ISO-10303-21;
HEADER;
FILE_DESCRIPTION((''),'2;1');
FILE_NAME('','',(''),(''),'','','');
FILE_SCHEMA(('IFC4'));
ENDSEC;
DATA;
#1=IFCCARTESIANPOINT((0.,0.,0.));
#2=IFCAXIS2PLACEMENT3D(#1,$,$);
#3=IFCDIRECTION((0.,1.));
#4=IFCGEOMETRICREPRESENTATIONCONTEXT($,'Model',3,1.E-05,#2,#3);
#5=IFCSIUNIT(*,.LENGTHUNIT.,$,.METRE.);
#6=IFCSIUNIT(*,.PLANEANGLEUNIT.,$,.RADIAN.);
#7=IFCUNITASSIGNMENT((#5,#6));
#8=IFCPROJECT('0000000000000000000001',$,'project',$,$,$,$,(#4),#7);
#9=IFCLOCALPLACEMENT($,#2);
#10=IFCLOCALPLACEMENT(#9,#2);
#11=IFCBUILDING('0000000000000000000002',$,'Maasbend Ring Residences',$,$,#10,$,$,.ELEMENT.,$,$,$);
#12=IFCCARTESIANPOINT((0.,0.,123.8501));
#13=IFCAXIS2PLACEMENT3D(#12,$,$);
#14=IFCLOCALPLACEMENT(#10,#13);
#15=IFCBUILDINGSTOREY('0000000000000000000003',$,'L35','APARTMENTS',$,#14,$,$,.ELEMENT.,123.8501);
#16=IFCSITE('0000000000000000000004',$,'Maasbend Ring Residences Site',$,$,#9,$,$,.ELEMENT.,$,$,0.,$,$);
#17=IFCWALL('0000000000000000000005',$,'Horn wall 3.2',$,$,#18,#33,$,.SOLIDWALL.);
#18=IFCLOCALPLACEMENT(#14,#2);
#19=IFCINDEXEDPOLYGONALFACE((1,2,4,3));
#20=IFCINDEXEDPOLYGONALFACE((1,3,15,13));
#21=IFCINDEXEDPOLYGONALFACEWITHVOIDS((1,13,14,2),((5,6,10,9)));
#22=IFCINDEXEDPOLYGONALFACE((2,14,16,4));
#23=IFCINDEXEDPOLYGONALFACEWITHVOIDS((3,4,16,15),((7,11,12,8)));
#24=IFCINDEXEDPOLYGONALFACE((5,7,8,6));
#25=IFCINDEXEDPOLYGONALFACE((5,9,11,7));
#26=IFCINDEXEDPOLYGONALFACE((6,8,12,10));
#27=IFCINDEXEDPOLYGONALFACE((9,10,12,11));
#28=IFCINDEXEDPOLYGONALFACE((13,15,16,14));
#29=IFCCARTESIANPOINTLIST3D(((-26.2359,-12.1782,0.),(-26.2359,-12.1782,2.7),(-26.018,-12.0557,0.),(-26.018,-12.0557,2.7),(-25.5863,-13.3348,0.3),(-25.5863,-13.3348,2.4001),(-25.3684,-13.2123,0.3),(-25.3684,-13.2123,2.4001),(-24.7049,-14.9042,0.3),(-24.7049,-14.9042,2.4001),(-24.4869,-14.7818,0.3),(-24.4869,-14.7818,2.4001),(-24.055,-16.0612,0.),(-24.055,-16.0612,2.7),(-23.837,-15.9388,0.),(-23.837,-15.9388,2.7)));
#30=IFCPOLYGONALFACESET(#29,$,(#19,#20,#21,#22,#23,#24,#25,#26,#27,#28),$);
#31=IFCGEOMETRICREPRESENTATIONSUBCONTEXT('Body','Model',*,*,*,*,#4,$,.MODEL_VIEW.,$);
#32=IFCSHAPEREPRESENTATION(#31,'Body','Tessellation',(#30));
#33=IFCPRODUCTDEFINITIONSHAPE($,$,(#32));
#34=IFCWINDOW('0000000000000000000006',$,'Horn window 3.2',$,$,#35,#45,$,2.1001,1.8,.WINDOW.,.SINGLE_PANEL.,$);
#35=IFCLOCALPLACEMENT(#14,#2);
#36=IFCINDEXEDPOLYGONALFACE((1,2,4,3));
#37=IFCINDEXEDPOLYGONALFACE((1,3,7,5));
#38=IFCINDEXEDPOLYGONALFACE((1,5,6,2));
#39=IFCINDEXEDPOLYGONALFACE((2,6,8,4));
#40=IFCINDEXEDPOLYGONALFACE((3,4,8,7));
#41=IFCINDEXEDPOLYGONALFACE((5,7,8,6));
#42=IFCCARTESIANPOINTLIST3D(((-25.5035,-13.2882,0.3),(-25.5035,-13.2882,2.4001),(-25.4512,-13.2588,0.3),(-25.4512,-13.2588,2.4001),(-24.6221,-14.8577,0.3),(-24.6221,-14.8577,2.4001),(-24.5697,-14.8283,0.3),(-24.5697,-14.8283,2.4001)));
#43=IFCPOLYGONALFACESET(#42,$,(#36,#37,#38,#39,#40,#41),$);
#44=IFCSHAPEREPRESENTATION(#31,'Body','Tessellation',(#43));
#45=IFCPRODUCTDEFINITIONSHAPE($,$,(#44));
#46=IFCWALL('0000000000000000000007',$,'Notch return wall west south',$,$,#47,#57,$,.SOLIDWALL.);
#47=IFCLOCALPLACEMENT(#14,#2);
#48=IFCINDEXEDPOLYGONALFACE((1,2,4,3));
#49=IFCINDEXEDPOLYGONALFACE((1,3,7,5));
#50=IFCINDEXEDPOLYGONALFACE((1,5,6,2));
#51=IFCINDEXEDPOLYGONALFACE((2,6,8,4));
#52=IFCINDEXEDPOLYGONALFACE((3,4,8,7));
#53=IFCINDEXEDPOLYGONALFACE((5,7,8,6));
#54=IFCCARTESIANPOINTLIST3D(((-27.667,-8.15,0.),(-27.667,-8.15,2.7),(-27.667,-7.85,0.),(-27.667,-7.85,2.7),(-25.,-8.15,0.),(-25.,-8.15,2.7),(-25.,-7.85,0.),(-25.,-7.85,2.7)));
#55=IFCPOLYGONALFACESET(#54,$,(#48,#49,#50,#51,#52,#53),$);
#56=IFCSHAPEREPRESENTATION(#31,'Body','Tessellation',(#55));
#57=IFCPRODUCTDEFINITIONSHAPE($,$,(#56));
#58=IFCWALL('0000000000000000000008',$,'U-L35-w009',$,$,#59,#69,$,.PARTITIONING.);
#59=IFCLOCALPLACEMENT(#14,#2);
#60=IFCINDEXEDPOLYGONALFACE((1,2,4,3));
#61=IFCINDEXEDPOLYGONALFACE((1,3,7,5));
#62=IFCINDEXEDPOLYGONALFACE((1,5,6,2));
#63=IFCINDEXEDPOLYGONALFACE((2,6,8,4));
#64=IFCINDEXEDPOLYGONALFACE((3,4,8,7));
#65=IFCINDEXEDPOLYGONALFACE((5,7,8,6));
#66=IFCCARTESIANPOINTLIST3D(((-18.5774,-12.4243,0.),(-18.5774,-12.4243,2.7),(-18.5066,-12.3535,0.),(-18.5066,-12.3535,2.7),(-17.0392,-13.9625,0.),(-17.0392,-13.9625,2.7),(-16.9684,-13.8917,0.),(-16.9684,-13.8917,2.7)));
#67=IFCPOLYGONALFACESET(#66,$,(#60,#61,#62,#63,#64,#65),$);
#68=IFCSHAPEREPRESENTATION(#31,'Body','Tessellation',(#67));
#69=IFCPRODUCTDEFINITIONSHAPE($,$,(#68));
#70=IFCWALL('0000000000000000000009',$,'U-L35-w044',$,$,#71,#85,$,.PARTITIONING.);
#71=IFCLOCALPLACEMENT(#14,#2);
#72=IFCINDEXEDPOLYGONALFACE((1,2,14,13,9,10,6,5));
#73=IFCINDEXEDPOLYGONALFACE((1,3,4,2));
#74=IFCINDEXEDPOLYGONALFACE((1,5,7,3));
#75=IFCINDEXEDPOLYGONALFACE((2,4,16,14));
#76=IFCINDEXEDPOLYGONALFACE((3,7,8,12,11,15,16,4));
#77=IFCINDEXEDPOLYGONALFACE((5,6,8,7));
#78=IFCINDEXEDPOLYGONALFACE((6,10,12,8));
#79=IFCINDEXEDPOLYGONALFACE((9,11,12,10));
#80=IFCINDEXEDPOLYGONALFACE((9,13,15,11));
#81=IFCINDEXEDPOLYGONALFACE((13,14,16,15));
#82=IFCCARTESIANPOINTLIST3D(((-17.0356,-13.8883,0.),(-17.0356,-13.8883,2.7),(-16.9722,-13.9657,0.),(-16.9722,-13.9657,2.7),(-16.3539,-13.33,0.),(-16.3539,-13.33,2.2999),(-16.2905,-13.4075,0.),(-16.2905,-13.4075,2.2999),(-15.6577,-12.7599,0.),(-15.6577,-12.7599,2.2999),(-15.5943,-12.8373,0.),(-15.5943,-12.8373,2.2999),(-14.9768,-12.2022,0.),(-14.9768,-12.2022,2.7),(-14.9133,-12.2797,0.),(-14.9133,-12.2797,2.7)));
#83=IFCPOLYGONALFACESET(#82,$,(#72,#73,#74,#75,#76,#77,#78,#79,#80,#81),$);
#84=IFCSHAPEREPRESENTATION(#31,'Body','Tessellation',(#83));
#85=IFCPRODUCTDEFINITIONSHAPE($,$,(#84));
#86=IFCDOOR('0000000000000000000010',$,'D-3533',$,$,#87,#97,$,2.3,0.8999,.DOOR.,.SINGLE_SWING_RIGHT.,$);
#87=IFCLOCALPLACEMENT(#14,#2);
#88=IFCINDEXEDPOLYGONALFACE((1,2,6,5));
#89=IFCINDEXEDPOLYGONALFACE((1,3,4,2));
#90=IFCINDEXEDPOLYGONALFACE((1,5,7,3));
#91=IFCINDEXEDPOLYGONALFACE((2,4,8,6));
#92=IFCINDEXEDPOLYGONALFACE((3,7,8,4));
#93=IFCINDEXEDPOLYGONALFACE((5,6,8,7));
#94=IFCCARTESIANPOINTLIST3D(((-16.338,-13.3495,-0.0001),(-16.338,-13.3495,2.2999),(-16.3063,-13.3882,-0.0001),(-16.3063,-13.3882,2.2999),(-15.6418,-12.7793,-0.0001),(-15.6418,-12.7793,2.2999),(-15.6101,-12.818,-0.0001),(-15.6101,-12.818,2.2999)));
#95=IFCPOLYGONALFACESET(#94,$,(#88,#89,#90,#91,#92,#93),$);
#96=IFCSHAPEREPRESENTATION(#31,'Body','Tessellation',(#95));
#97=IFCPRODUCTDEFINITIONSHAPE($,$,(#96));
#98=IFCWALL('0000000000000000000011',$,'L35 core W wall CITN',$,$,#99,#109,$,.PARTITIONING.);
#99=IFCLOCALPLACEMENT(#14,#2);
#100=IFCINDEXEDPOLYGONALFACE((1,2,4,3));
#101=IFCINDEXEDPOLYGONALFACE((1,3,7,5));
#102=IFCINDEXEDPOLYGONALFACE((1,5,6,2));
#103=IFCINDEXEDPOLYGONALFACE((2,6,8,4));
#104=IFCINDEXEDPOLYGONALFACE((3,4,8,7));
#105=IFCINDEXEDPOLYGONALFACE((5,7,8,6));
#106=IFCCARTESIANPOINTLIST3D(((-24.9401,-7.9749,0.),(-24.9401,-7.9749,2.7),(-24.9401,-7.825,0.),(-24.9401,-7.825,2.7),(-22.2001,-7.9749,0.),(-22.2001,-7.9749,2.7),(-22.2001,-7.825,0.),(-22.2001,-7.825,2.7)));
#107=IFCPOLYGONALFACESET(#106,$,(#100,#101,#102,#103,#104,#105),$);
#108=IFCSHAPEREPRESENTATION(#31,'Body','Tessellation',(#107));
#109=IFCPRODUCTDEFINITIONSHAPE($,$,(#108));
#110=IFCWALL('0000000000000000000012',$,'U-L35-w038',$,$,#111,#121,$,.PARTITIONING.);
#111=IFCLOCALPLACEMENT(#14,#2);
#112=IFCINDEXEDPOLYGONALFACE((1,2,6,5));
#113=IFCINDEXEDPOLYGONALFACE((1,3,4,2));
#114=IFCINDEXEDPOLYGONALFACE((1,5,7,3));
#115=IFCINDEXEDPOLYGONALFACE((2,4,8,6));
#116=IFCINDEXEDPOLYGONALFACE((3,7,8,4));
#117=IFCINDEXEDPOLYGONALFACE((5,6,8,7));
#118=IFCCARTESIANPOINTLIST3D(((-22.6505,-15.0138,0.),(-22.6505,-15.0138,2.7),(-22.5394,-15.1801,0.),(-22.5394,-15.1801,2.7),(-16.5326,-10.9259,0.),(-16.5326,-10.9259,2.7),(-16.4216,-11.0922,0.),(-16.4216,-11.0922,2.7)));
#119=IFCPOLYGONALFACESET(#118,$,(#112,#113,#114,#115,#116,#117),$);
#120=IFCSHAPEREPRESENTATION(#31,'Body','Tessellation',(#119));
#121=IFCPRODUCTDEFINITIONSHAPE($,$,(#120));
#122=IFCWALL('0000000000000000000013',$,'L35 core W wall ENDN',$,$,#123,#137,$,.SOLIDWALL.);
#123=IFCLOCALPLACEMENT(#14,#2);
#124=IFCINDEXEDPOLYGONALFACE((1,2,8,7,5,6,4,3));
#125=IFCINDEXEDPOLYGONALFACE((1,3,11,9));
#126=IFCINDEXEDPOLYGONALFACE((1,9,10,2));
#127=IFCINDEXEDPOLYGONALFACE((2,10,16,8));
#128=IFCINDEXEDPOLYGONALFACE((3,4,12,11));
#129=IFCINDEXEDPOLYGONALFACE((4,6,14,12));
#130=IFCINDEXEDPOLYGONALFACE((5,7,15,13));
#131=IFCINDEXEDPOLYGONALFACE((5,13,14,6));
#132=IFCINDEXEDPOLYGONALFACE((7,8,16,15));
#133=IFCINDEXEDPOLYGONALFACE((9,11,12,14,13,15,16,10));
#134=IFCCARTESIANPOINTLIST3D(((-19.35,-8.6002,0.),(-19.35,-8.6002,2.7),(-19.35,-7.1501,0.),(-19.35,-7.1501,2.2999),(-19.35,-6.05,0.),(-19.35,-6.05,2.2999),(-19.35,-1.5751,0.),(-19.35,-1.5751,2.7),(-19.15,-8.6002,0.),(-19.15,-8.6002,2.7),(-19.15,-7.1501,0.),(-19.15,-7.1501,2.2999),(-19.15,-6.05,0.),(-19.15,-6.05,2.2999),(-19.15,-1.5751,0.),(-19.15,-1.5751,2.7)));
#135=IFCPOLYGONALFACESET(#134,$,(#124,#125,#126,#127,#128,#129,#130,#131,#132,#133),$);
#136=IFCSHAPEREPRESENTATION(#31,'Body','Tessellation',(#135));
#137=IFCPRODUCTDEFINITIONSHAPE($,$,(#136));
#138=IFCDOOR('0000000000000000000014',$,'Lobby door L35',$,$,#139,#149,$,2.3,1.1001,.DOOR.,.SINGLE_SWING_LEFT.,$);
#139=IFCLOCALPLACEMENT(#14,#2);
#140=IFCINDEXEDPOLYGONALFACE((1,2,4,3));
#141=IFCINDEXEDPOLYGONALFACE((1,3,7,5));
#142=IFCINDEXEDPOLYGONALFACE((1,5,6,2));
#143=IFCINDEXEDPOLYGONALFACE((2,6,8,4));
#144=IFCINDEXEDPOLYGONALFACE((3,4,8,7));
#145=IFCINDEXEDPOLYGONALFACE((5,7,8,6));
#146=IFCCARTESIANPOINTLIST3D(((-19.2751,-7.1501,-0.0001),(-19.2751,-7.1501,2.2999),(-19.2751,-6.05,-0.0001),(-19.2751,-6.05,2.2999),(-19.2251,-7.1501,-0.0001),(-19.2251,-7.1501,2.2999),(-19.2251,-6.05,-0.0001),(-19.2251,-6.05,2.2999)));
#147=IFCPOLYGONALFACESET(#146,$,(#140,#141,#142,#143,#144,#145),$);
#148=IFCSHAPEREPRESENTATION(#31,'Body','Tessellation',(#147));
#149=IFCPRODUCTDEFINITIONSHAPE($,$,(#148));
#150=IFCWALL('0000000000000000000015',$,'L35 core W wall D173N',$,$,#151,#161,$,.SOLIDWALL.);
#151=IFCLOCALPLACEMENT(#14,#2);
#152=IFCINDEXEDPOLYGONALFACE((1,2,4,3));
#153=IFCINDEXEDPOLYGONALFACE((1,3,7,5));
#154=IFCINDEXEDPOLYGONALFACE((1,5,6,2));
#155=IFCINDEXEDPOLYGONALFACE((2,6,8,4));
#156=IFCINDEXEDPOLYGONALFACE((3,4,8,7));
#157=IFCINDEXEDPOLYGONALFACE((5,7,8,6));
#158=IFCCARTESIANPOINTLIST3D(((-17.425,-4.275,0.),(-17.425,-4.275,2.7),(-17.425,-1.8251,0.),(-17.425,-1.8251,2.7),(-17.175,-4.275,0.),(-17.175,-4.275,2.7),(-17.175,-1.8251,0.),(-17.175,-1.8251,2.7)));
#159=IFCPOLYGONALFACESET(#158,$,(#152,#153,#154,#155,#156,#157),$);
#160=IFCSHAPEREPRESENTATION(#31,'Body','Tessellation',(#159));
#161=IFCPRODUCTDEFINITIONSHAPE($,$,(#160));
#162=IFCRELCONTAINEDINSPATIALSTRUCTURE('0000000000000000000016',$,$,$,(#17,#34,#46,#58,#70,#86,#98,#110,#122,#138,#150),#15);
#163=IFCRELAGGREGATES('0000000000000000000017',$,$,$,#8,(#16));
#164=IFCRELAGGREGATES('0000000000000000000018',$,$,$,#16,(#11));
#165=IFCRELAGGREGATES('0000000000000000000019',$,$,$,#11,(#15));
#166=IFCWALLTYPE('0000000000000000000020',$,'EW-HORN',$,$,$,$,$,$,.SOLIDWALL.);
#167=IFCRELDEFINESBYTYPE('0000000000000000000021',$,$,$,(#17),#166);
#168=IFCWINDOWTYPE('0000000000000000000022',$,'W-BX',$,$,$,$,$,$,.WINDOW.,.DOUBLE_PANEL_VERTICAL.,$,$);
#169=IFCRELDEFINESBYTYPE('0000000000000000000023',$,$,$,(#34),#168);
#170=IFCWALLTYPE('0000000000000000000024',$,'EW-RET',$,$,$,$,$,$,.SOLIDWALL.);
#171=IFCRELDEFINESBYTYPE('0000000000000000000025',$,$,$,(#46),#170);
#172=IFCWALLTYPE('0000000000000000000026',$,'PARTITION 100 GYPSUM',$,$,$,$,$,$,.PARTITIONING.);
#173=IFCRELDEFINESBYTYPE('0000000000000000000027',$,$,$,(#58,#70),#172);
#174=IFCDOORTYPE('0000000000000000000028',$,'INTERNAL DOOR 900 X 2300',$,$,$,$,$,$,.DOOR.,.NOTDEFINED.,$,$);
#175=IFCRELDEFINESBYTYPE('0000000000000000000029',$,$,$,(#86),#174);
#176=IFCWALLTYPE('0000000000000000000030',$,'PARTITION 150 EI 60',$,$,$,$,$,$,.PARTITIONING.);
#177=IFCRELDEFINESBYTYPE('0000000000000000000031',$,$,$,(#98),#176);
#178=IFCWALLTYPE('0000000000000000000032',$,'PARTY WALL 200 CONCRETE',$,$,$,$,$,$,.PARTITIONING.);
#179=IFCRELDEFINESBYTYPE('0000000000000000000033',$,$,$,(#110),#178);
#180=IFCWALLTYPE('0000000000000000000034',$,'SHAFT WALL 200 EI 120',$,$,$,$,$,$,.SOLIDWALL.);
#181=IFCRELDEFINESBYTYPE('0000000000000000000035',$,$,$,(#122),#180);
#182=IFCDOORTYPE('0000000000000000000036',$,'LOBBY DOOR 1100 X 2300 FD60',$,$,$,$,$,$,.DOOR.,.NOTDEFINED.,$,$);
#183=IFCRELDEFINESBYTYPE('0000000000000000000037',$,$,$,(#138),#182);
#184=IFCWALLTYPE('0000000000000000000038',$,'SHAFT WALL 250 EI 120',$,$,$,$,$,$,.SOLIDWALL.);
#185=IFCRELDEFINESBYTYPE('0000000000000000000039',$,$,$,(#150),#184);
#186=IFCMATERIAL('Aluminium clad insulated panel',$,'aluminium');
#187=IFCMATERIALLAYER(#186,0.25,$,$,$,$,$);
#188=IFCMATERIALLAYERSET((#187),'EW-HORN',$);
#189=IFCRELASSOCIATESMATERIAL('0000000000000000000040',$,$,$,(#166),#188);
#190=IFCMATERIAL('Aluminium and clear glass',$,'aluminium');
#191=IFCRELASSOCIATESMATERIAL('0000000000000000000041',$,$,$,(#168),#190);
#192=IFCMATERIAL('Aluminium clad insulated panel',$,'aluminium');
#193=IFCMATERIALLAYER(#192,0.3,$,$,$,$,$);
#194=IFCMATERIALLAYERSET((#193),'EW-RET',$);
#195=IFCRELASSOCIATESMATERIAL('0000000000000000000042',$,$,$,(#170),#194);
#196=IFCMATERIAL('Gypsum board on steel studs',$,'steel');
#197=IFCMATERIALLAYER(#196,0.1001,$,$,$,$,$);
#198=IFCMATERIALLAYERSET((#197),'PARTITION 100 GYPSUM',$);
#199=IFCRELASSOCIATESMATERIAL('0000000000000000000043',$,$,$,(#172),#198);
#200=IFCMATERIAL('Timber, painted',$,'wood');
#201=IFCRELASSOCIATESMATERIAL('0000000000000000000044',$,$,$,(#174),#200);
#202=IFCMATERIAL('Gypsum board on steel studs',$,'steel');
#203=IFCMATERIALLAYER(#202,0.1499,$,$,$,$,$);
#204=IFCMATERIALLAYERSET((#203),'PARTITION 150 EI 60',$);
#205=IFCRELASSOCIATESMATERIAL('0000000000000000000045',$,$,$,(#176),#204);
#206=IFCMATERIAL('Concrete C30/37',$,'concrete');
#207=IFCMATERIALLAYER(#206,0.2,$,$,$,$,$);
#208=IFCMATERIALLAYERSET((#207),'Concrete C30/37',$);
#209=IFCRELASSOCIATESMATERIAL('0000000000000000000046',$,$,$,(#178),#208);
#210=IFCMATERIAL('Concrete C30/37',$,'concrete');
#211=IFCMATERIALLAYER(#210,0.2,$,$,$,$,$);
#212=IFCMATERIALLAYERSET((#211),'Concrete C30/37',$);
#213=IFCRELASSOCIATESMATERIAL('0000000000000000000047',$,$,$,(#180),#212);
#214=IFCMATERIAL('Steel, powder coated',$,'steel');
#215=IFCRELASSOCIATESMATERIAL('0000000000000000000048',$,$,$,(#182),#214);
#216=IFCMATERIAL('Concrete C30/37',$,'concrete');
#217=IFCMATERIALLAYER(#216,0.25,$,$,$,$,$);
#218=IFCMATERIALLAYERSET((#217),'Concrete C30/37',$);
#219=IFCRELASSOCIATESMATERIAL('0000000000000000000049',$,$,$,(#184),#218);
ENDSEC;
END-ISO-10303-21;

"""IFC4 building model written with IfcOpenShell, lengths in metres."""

from ifc_helpers import new_model, si_unit, direction, frame, frame_2d, origin, place, context, subcontext, project, spatial, rectangle, extrude, material, layer, layer_set, type_object, element, fill, save


model = new_model("IFC4")

# Units and contexts
model_context = context("Model", 3, precision=1e-05, world=origin(), true_north=direction((0.0, 1.0)))
body_context = subcontext(model_context, "Body", "Model", "MODEL_VIEW")
ifc_project = project(units=[si_unit("LENGTHUNIT", "METRE"), si_unit("PLANEANGLEUNIT", "RADIAN")], contexts=[model_context])

# Site, building, storey
site_placement = place(None, origin())
site = spatial("IfcSite", under=ifc_project, at=site_placement, Name="Maasbend Ring Residences Site", CompositionType="ELEMENT", RefElevation=0.0)
building_placement = place(site_placement, origin())
building = spatial("IfcBuilding", under=site, at=building_placement, Name="Maasbend Ring Residences", CompositionType="ELEMENT")
storey_placement = place(building_placement, frame((0.0, 0.0, 123.8501)))
storey = spatial("IfcBuildingStorey", under=building, at=storey_placement, Name="L35", Description="APARTMENTS", CompositionType="ELEMENT", Elevation=123.8501)

# Wall, opening, window
ifc_material_1 = material(Name="Aluminium clad insulated panel", Category="aluminium")
ifc_layer_1 = layer(ifc_material_1, 0.25)
ifc_layer_set_1 = layer_set([ifc_layer_1], Name="EW-HORN")
wall_type_1 = type_object("IfcWallType", Name="EW-HORN", PredefinedType="SOLIDWALL", material=ifc_layer_set_1)
ifc_material_2 = material(Name="Aluminium and clear glass", Category="aluminium")
window_type = type_object("IfcWindowType", Name="W-BX", PartitioningType="DOUBLE_PANEL_VERTICAL", PredefinedType="WINDOW", material=ifc_material_2)
wall_1_placement = place(storey_placement, frame((-26.127, -12.1169, 0.0), z_axis=(0.0, 0.0, 1.0), x_axis=(0.489696, -0.871893, 0.0)))
wall_1 = element("IfcWall", 1, at=wall_1_placement, inside=storey, type_object=wall_type_1, Name="Horn wall 3.2", PredefinedType="SOLIDWALL", context=body_context, shape_type="SweptSolid", body=[
    extrude(rectangle(XDim=4.4536, YDim=0.25, at=frame_2d((2.2268, 0.0))), origin(), (0.0, 0.0, 1.0), 2.7),
])
opening_1_placement = place(wall_1_placement, frame((1.3267, 0.0, 0.3)))
opening_1 = element("IfcOpeningElement", 2, at=opening_1_placement, cuts=wall_1, PredefinedType="OPENING", context=body_context, shape_type="SweptSolid", body=[
    extrude(rectangle(XDim=1.8, YDim=2.1001, at=frame_2d((0.8999, 1.05))), frame((0.0, 0.135, 0.0), z_axis=(0.0, -1.0, 0.0), x_axis=(1.0, 0.0, 0.0)), (0.0, 0.0, 1.0), 0.27),
])
window_1_placement = place(opening_1_placement, origin())
window_1 = element("IfcWindow", 3, at=window_1_placement, inside=storey, type_object=window_type, Name="Horn window 3.2", OverallHeight=2.1001, OverallWidth=1.8, PartitioningType="SINGLE_PANEL", PredefinedType="WINDOW", context=body_context, shape_type="SweptSolid", body=[
    extrude(rectangle(XDim=1.8, YDim=2.1001, at=frame_2d((0.8999, 1.05))), frame((0.0, 0.03, 0.0), z_axis=(0.0, -1.0, 0.0), x_axis=(1.0, 0.0, 0.0)), (0.0, 0.0, 1.0), 0.0601),
])
fill(opening_1, window_1)

# Walls
ifc_material_3 = material(Name="Aluminium clad insulated panel", Category="aluminium")
ifc_layer_2 = layer(ifc_material_3, 0.3)
ifc_layer_set_2 = layer_set([ifc_layer_2], Name="EW-RET")
wall_type_2 = type_object("IfcWallType", Name="EW-RET", PredefinedType="SOLIDWALL", material=ifc_layer_set_2)
wall_2_placement = place(storey_placement, frame((-25.0, -8.0, 0.0), z_axis=(0.0, 0.0, 1.0), x_axis=(-1.0, 0.0, 0.0)))
element("IfcWall", 4, at=wall_2_placement, inside=storey, type_object=wall_type_2, Name="Notch return wall west south", PredefinedType="SOLIDWALL", context=body_context, shape_type="SweptSolid", body=[
    extrude(rectangle(XDim=2.667, YDim=0.3, at=frame_2d((1.3335, 0.0))), origin(), (0.0, 0.0, 1.0), 2.7),
])
ifc_material_4 = material(Name="Gypsum board on steel studs", Category="steel")
ifc_layer_3 = layer(ifc_material_4, 0.1001)
ifc_layer_set_3 = layer_set([ifc_layer_3], Name="PARTITION 100 GYPSUM")
wall_type_3 = type_object("IfcWallType", Name="PARTITION 100 GYPSUM", PredefinedType="PARTITIONING", material=ifc_layer_set_3)
wall_3_placement = place(storey_placement, frame((-18.542, -12.3889, 0.0), z_axis=(0.0, 0.0, 1.0), x_axis=(0.707107, -0.707107, 0.0)))
element("IfcWall", 5, at=wall_3_placement, inside=storey, type_object=wall_type_3, Name="U-L35-w009", PredefinedType="PARTITIONING", context=body_context, shape_type="SweptSolid", body=[
    extrude(rectangle(XDim=2.1753, YDim=0.1001, at=frame_2d((1.0876, 0.0))), origin(), (0.0, 0.0, 1.0), 2.7),
])

# Wall, opening, door
wall_4_placement = place(storey_placement, frame((-17.0039, -13.927, 0.0), z_axis=(0.0, 0.0, 1.0), x_axis=(0.773675, 0.633582, 0.0)))
wall_4 = element("IfcWall", 6, at=wall_4_placement, inside=storey, type_object=wall_type_3, Name="U-L35-w044", PredefinedType="PARTITIONING", context=body_context, shape_type="SweptSolid", body=[
    extrude(rectangle(XDim=2.6611, YDim=0.1001, at=frame_2d((1.3306, 0.0))), origin(), (0.0, 0.0, 1.0), 2.7),
])
opening_2_placement = place(wall_4_placement, frame((0.8811, 0.0, 0.0)))
opening_2 = element("IfcOpeningElement", 7, at=opening_2_placement, cuts=wall_4, PredefinedType="OPENING", context=body_context, shape_type="SweptSolid", body=[
    extrude(rectangle(XDim=0.8999, YDim=2.3, at=frame_2d((0.45, 1.1499))), frame((0.0, 0.0601, 0.0), z_axis=(0.0, -1.0, 0.0), x_axis=(1.0, 0.0, 0.0)), (0.0, 0.0, 1.0), 0.1201),
])
ifc_material_5 = material(Name="Timber, painted", Category="wood")
door_type_1 = type_object("IfcDoorType", Name="INTERNAL DOOR 900 X 2300", OperationType="NOTDEFINED", PredefinedType="DOOR", material=ifc_material_5)
door_1_placement = place(opening_2_placement, origin())
door_1 = element("IfcDoor", 8, at=door_1_placement, inside=storey, type_object=door_type_1, Name="D-3533", OperationType="SINGLE_SWING_RIGHT", OverallHeight=2.3, OverallWidth=0.8999, PredefinedType="DOOR", context=body_context, shape_type="SweptSolid", body=[
    extrude(rectangle(XDim=0.8999, YDim=2.3, at=frame_2d((0.45, 1.1499))), frame((0.0, 0.0249, 0.0), z_axis=(0.0, -1.0, 0.0), x_axis=(1.0, 0.0, 0.0)), (0.0, 0.0, 1.0), 0.05),
])
fill(opening_2, door_1)

# Walls
ifc_material_6 = material(Name="Gypsum board on steel studs", Category="steel")
ifc_layer_4 = layer(ifc_material_6, 0.1499)
ifc_layer_set_4 = layer_set([ifc_layer_4], Name="PARTITION 150 EI 60")
wall_type_4 = type_object("IfcWallType", Name="PARTITION 150 EI 60", PredefinedType="PARTITIONING", material=ifc_layer_set_4)
wall_5_placement = place(storey_placement, frame((-22.2, -7.8999, 0.0), z_axis=(0.0, 0.0, 1.0), x_axis=(-1.0, 0.0, 0.0)))
element("IfcWall", 9, at=wall_5_placement, inside=storey, type_object=wall_type_4, Name="L35 core W wall CITN", PredefinedType="PARTITIONING", context=body_context, shape_type="SweptSolid", body=[
    extrude(rectangle(XDim=2.74, YDim=0.1499, at=frame_2d((1.3701, 0.0))), origin(), (0.0, 0.0, 1.0), 2.7),
])
ifc_material_7 = material(Name="Concrete C30/37", Category="concrete")
ifc_layer_5 = layer(ifc_material_7, 0.2)
ifc_layer_set_5 = layer_set([ifc_layer_5], Name="Concrete C30/37")
wall_type_5 = type_object("IfcWallType", Name="PARTY WALL 200 CONCRETE", PredefinedType="PARTITIONING", material=ifc_layer_set_5)
wall_6_placement = place(storey_placement, frame((-22.595, -15.0969, 0.0), z_axis=(0.0, 0.0, 1.0), x_axis=(0.831468, 0.555573, 0.0)))
element("IfcWall", 10, at=wall_6_placement, inside=storey, type_object=wall_type_5, Name="U-L35-w038", PredefinedType="PARTITIONING", context=body_context, shape_type="SweptSolid", body=[
    extrude(rectangle(XDim=7.3579, YDim=0.2, at=frame_2d((3.679, 0.0))), origin(), (0.0, 0.0, 1.0), 2.7),
])

# Wall, opening, door
ifc_material_8 = material(Name="Concrete C30/37", Category="concrete")
ifc_layer_6 = layer(ifc_material_8, 0.2)
ifc_layer_set_6 = layer_set([ifc_layer_6], Name="Concrete C30/37")
wall_type_6 = type_object("IfcWallType", Name="SHAFT WALL 200 EI 120", PredefinedType="SOLIDWALL", material=ifc_layer_set_6)
wall_7_placement = place(storey_placement, frame((-19.25, -1.575, 0.0), z_axis=(0.0, 0.0, 1.0), x_axis=(0.0, -1.0, 0.0)))
wall_7 = element("IfcWall", 11, at=wall_7_placement, inside=storey, type_object=wall_type_6, Name="L35 core W wall ENDN", PredefinedType="SOLIDWALL", context=body_context, shape_type="SweptSolid", body=[
    extrude(rectangle(XDim=7.0251, YDim=0.2, at=frame_2d((3.5127, 0.0))), origin(), (0.0, 0.0, 1.0), 2.7),
])
opening_3_placement = place(wall_7_placement, frame((4.4751, 0.0, 0.0)))
opening_3 = element("IfcOpeningElement", 12, at=opening_3_placement, cuts=wall_7, PredefinedType="OPENING", context=body_context, shape_type="SweptSolid", body=[
    extrude(rectangle(XDim=1.1001, YDim=2.3, at=frame_2d((0.55, 1.1499))), frame((0.0, 0.1099, 0.0), z_axis=(0.0, -1.0, 0.0), x_axis=(1.0, 0.0, 0.0)), (0.0, 0.0, 1.0), 0.22),
])
ifc_material_9 = material(Name="Steel, powder coated", Category="steel")
door_type_2 = type_object("IfcDoorType", Name="LOBBY DOOR 1100 X 2300 FD60", OperationType="NOTDEFINED", PredefinedType="DOOR", material=ifc_material_9)
door_2_placement = place(opening_3_placement, origin())
door_2 = element("IfcDoor", 13, at=door_2_placement, inside=storey, type_object=door_type_2, Name="Lobby door L35", OperationType="SINGLE_SWING_LEFT", OverallHeight=2.3, OverallWidth=1.1001, PredefinedType="DOOR", context=body_context, shape_type="SweptSolid", body=[
    extrude(rectangle(XDim=1.1001, YDim=2.3, at=frame_2d((0.55, 1.1499))), frame((0.0, 0.0249, 0.0), z_axis=(0.0, -1.0, 0.0), x_axis=(1.0, 0.0, 0.0)), (0.0, 0.0, 1.0), 0.05),
])
fill(opening_3, door_2)

# Wall
ifc_material_10 = material(Name="Concrete C30/37", Category="concrete")
ifc_layer_7 = layer(ifc_material_10, 0.25)
ifc_layer_set_7 = layer_set([ifc_layer_7], Name="Concrete C30/37")
wall_type_7 = type_object("IfcWallType", Name="SHAFT WALL 250 EI 120", PredefinedType="SOLIDWALL", material=ifc_layer_set_7)
wall_8_placement = place(storey_placement, frame((-17.3, -1.825, 0.0), z_axis=(0.0, 0.0, 1.0), x_axis=(0.0, -1.0, 0.0)))
element("IfcWall", 14, at=wall_8_placement, inside=storey, type_object=wall_type_7, Name="L35 core W wall D173N", PredefinedType="SOLIDWALL", context=body_context, shape_type="SweptSolid", body=[
    extrude(rectangle(XDim=2.45, YDim=0.25, at=frame_2d((1.2251, 0.0))), origin(), (0.0, 0.0, 1.0), 2.7),
])

save(model, "model.ifc")
